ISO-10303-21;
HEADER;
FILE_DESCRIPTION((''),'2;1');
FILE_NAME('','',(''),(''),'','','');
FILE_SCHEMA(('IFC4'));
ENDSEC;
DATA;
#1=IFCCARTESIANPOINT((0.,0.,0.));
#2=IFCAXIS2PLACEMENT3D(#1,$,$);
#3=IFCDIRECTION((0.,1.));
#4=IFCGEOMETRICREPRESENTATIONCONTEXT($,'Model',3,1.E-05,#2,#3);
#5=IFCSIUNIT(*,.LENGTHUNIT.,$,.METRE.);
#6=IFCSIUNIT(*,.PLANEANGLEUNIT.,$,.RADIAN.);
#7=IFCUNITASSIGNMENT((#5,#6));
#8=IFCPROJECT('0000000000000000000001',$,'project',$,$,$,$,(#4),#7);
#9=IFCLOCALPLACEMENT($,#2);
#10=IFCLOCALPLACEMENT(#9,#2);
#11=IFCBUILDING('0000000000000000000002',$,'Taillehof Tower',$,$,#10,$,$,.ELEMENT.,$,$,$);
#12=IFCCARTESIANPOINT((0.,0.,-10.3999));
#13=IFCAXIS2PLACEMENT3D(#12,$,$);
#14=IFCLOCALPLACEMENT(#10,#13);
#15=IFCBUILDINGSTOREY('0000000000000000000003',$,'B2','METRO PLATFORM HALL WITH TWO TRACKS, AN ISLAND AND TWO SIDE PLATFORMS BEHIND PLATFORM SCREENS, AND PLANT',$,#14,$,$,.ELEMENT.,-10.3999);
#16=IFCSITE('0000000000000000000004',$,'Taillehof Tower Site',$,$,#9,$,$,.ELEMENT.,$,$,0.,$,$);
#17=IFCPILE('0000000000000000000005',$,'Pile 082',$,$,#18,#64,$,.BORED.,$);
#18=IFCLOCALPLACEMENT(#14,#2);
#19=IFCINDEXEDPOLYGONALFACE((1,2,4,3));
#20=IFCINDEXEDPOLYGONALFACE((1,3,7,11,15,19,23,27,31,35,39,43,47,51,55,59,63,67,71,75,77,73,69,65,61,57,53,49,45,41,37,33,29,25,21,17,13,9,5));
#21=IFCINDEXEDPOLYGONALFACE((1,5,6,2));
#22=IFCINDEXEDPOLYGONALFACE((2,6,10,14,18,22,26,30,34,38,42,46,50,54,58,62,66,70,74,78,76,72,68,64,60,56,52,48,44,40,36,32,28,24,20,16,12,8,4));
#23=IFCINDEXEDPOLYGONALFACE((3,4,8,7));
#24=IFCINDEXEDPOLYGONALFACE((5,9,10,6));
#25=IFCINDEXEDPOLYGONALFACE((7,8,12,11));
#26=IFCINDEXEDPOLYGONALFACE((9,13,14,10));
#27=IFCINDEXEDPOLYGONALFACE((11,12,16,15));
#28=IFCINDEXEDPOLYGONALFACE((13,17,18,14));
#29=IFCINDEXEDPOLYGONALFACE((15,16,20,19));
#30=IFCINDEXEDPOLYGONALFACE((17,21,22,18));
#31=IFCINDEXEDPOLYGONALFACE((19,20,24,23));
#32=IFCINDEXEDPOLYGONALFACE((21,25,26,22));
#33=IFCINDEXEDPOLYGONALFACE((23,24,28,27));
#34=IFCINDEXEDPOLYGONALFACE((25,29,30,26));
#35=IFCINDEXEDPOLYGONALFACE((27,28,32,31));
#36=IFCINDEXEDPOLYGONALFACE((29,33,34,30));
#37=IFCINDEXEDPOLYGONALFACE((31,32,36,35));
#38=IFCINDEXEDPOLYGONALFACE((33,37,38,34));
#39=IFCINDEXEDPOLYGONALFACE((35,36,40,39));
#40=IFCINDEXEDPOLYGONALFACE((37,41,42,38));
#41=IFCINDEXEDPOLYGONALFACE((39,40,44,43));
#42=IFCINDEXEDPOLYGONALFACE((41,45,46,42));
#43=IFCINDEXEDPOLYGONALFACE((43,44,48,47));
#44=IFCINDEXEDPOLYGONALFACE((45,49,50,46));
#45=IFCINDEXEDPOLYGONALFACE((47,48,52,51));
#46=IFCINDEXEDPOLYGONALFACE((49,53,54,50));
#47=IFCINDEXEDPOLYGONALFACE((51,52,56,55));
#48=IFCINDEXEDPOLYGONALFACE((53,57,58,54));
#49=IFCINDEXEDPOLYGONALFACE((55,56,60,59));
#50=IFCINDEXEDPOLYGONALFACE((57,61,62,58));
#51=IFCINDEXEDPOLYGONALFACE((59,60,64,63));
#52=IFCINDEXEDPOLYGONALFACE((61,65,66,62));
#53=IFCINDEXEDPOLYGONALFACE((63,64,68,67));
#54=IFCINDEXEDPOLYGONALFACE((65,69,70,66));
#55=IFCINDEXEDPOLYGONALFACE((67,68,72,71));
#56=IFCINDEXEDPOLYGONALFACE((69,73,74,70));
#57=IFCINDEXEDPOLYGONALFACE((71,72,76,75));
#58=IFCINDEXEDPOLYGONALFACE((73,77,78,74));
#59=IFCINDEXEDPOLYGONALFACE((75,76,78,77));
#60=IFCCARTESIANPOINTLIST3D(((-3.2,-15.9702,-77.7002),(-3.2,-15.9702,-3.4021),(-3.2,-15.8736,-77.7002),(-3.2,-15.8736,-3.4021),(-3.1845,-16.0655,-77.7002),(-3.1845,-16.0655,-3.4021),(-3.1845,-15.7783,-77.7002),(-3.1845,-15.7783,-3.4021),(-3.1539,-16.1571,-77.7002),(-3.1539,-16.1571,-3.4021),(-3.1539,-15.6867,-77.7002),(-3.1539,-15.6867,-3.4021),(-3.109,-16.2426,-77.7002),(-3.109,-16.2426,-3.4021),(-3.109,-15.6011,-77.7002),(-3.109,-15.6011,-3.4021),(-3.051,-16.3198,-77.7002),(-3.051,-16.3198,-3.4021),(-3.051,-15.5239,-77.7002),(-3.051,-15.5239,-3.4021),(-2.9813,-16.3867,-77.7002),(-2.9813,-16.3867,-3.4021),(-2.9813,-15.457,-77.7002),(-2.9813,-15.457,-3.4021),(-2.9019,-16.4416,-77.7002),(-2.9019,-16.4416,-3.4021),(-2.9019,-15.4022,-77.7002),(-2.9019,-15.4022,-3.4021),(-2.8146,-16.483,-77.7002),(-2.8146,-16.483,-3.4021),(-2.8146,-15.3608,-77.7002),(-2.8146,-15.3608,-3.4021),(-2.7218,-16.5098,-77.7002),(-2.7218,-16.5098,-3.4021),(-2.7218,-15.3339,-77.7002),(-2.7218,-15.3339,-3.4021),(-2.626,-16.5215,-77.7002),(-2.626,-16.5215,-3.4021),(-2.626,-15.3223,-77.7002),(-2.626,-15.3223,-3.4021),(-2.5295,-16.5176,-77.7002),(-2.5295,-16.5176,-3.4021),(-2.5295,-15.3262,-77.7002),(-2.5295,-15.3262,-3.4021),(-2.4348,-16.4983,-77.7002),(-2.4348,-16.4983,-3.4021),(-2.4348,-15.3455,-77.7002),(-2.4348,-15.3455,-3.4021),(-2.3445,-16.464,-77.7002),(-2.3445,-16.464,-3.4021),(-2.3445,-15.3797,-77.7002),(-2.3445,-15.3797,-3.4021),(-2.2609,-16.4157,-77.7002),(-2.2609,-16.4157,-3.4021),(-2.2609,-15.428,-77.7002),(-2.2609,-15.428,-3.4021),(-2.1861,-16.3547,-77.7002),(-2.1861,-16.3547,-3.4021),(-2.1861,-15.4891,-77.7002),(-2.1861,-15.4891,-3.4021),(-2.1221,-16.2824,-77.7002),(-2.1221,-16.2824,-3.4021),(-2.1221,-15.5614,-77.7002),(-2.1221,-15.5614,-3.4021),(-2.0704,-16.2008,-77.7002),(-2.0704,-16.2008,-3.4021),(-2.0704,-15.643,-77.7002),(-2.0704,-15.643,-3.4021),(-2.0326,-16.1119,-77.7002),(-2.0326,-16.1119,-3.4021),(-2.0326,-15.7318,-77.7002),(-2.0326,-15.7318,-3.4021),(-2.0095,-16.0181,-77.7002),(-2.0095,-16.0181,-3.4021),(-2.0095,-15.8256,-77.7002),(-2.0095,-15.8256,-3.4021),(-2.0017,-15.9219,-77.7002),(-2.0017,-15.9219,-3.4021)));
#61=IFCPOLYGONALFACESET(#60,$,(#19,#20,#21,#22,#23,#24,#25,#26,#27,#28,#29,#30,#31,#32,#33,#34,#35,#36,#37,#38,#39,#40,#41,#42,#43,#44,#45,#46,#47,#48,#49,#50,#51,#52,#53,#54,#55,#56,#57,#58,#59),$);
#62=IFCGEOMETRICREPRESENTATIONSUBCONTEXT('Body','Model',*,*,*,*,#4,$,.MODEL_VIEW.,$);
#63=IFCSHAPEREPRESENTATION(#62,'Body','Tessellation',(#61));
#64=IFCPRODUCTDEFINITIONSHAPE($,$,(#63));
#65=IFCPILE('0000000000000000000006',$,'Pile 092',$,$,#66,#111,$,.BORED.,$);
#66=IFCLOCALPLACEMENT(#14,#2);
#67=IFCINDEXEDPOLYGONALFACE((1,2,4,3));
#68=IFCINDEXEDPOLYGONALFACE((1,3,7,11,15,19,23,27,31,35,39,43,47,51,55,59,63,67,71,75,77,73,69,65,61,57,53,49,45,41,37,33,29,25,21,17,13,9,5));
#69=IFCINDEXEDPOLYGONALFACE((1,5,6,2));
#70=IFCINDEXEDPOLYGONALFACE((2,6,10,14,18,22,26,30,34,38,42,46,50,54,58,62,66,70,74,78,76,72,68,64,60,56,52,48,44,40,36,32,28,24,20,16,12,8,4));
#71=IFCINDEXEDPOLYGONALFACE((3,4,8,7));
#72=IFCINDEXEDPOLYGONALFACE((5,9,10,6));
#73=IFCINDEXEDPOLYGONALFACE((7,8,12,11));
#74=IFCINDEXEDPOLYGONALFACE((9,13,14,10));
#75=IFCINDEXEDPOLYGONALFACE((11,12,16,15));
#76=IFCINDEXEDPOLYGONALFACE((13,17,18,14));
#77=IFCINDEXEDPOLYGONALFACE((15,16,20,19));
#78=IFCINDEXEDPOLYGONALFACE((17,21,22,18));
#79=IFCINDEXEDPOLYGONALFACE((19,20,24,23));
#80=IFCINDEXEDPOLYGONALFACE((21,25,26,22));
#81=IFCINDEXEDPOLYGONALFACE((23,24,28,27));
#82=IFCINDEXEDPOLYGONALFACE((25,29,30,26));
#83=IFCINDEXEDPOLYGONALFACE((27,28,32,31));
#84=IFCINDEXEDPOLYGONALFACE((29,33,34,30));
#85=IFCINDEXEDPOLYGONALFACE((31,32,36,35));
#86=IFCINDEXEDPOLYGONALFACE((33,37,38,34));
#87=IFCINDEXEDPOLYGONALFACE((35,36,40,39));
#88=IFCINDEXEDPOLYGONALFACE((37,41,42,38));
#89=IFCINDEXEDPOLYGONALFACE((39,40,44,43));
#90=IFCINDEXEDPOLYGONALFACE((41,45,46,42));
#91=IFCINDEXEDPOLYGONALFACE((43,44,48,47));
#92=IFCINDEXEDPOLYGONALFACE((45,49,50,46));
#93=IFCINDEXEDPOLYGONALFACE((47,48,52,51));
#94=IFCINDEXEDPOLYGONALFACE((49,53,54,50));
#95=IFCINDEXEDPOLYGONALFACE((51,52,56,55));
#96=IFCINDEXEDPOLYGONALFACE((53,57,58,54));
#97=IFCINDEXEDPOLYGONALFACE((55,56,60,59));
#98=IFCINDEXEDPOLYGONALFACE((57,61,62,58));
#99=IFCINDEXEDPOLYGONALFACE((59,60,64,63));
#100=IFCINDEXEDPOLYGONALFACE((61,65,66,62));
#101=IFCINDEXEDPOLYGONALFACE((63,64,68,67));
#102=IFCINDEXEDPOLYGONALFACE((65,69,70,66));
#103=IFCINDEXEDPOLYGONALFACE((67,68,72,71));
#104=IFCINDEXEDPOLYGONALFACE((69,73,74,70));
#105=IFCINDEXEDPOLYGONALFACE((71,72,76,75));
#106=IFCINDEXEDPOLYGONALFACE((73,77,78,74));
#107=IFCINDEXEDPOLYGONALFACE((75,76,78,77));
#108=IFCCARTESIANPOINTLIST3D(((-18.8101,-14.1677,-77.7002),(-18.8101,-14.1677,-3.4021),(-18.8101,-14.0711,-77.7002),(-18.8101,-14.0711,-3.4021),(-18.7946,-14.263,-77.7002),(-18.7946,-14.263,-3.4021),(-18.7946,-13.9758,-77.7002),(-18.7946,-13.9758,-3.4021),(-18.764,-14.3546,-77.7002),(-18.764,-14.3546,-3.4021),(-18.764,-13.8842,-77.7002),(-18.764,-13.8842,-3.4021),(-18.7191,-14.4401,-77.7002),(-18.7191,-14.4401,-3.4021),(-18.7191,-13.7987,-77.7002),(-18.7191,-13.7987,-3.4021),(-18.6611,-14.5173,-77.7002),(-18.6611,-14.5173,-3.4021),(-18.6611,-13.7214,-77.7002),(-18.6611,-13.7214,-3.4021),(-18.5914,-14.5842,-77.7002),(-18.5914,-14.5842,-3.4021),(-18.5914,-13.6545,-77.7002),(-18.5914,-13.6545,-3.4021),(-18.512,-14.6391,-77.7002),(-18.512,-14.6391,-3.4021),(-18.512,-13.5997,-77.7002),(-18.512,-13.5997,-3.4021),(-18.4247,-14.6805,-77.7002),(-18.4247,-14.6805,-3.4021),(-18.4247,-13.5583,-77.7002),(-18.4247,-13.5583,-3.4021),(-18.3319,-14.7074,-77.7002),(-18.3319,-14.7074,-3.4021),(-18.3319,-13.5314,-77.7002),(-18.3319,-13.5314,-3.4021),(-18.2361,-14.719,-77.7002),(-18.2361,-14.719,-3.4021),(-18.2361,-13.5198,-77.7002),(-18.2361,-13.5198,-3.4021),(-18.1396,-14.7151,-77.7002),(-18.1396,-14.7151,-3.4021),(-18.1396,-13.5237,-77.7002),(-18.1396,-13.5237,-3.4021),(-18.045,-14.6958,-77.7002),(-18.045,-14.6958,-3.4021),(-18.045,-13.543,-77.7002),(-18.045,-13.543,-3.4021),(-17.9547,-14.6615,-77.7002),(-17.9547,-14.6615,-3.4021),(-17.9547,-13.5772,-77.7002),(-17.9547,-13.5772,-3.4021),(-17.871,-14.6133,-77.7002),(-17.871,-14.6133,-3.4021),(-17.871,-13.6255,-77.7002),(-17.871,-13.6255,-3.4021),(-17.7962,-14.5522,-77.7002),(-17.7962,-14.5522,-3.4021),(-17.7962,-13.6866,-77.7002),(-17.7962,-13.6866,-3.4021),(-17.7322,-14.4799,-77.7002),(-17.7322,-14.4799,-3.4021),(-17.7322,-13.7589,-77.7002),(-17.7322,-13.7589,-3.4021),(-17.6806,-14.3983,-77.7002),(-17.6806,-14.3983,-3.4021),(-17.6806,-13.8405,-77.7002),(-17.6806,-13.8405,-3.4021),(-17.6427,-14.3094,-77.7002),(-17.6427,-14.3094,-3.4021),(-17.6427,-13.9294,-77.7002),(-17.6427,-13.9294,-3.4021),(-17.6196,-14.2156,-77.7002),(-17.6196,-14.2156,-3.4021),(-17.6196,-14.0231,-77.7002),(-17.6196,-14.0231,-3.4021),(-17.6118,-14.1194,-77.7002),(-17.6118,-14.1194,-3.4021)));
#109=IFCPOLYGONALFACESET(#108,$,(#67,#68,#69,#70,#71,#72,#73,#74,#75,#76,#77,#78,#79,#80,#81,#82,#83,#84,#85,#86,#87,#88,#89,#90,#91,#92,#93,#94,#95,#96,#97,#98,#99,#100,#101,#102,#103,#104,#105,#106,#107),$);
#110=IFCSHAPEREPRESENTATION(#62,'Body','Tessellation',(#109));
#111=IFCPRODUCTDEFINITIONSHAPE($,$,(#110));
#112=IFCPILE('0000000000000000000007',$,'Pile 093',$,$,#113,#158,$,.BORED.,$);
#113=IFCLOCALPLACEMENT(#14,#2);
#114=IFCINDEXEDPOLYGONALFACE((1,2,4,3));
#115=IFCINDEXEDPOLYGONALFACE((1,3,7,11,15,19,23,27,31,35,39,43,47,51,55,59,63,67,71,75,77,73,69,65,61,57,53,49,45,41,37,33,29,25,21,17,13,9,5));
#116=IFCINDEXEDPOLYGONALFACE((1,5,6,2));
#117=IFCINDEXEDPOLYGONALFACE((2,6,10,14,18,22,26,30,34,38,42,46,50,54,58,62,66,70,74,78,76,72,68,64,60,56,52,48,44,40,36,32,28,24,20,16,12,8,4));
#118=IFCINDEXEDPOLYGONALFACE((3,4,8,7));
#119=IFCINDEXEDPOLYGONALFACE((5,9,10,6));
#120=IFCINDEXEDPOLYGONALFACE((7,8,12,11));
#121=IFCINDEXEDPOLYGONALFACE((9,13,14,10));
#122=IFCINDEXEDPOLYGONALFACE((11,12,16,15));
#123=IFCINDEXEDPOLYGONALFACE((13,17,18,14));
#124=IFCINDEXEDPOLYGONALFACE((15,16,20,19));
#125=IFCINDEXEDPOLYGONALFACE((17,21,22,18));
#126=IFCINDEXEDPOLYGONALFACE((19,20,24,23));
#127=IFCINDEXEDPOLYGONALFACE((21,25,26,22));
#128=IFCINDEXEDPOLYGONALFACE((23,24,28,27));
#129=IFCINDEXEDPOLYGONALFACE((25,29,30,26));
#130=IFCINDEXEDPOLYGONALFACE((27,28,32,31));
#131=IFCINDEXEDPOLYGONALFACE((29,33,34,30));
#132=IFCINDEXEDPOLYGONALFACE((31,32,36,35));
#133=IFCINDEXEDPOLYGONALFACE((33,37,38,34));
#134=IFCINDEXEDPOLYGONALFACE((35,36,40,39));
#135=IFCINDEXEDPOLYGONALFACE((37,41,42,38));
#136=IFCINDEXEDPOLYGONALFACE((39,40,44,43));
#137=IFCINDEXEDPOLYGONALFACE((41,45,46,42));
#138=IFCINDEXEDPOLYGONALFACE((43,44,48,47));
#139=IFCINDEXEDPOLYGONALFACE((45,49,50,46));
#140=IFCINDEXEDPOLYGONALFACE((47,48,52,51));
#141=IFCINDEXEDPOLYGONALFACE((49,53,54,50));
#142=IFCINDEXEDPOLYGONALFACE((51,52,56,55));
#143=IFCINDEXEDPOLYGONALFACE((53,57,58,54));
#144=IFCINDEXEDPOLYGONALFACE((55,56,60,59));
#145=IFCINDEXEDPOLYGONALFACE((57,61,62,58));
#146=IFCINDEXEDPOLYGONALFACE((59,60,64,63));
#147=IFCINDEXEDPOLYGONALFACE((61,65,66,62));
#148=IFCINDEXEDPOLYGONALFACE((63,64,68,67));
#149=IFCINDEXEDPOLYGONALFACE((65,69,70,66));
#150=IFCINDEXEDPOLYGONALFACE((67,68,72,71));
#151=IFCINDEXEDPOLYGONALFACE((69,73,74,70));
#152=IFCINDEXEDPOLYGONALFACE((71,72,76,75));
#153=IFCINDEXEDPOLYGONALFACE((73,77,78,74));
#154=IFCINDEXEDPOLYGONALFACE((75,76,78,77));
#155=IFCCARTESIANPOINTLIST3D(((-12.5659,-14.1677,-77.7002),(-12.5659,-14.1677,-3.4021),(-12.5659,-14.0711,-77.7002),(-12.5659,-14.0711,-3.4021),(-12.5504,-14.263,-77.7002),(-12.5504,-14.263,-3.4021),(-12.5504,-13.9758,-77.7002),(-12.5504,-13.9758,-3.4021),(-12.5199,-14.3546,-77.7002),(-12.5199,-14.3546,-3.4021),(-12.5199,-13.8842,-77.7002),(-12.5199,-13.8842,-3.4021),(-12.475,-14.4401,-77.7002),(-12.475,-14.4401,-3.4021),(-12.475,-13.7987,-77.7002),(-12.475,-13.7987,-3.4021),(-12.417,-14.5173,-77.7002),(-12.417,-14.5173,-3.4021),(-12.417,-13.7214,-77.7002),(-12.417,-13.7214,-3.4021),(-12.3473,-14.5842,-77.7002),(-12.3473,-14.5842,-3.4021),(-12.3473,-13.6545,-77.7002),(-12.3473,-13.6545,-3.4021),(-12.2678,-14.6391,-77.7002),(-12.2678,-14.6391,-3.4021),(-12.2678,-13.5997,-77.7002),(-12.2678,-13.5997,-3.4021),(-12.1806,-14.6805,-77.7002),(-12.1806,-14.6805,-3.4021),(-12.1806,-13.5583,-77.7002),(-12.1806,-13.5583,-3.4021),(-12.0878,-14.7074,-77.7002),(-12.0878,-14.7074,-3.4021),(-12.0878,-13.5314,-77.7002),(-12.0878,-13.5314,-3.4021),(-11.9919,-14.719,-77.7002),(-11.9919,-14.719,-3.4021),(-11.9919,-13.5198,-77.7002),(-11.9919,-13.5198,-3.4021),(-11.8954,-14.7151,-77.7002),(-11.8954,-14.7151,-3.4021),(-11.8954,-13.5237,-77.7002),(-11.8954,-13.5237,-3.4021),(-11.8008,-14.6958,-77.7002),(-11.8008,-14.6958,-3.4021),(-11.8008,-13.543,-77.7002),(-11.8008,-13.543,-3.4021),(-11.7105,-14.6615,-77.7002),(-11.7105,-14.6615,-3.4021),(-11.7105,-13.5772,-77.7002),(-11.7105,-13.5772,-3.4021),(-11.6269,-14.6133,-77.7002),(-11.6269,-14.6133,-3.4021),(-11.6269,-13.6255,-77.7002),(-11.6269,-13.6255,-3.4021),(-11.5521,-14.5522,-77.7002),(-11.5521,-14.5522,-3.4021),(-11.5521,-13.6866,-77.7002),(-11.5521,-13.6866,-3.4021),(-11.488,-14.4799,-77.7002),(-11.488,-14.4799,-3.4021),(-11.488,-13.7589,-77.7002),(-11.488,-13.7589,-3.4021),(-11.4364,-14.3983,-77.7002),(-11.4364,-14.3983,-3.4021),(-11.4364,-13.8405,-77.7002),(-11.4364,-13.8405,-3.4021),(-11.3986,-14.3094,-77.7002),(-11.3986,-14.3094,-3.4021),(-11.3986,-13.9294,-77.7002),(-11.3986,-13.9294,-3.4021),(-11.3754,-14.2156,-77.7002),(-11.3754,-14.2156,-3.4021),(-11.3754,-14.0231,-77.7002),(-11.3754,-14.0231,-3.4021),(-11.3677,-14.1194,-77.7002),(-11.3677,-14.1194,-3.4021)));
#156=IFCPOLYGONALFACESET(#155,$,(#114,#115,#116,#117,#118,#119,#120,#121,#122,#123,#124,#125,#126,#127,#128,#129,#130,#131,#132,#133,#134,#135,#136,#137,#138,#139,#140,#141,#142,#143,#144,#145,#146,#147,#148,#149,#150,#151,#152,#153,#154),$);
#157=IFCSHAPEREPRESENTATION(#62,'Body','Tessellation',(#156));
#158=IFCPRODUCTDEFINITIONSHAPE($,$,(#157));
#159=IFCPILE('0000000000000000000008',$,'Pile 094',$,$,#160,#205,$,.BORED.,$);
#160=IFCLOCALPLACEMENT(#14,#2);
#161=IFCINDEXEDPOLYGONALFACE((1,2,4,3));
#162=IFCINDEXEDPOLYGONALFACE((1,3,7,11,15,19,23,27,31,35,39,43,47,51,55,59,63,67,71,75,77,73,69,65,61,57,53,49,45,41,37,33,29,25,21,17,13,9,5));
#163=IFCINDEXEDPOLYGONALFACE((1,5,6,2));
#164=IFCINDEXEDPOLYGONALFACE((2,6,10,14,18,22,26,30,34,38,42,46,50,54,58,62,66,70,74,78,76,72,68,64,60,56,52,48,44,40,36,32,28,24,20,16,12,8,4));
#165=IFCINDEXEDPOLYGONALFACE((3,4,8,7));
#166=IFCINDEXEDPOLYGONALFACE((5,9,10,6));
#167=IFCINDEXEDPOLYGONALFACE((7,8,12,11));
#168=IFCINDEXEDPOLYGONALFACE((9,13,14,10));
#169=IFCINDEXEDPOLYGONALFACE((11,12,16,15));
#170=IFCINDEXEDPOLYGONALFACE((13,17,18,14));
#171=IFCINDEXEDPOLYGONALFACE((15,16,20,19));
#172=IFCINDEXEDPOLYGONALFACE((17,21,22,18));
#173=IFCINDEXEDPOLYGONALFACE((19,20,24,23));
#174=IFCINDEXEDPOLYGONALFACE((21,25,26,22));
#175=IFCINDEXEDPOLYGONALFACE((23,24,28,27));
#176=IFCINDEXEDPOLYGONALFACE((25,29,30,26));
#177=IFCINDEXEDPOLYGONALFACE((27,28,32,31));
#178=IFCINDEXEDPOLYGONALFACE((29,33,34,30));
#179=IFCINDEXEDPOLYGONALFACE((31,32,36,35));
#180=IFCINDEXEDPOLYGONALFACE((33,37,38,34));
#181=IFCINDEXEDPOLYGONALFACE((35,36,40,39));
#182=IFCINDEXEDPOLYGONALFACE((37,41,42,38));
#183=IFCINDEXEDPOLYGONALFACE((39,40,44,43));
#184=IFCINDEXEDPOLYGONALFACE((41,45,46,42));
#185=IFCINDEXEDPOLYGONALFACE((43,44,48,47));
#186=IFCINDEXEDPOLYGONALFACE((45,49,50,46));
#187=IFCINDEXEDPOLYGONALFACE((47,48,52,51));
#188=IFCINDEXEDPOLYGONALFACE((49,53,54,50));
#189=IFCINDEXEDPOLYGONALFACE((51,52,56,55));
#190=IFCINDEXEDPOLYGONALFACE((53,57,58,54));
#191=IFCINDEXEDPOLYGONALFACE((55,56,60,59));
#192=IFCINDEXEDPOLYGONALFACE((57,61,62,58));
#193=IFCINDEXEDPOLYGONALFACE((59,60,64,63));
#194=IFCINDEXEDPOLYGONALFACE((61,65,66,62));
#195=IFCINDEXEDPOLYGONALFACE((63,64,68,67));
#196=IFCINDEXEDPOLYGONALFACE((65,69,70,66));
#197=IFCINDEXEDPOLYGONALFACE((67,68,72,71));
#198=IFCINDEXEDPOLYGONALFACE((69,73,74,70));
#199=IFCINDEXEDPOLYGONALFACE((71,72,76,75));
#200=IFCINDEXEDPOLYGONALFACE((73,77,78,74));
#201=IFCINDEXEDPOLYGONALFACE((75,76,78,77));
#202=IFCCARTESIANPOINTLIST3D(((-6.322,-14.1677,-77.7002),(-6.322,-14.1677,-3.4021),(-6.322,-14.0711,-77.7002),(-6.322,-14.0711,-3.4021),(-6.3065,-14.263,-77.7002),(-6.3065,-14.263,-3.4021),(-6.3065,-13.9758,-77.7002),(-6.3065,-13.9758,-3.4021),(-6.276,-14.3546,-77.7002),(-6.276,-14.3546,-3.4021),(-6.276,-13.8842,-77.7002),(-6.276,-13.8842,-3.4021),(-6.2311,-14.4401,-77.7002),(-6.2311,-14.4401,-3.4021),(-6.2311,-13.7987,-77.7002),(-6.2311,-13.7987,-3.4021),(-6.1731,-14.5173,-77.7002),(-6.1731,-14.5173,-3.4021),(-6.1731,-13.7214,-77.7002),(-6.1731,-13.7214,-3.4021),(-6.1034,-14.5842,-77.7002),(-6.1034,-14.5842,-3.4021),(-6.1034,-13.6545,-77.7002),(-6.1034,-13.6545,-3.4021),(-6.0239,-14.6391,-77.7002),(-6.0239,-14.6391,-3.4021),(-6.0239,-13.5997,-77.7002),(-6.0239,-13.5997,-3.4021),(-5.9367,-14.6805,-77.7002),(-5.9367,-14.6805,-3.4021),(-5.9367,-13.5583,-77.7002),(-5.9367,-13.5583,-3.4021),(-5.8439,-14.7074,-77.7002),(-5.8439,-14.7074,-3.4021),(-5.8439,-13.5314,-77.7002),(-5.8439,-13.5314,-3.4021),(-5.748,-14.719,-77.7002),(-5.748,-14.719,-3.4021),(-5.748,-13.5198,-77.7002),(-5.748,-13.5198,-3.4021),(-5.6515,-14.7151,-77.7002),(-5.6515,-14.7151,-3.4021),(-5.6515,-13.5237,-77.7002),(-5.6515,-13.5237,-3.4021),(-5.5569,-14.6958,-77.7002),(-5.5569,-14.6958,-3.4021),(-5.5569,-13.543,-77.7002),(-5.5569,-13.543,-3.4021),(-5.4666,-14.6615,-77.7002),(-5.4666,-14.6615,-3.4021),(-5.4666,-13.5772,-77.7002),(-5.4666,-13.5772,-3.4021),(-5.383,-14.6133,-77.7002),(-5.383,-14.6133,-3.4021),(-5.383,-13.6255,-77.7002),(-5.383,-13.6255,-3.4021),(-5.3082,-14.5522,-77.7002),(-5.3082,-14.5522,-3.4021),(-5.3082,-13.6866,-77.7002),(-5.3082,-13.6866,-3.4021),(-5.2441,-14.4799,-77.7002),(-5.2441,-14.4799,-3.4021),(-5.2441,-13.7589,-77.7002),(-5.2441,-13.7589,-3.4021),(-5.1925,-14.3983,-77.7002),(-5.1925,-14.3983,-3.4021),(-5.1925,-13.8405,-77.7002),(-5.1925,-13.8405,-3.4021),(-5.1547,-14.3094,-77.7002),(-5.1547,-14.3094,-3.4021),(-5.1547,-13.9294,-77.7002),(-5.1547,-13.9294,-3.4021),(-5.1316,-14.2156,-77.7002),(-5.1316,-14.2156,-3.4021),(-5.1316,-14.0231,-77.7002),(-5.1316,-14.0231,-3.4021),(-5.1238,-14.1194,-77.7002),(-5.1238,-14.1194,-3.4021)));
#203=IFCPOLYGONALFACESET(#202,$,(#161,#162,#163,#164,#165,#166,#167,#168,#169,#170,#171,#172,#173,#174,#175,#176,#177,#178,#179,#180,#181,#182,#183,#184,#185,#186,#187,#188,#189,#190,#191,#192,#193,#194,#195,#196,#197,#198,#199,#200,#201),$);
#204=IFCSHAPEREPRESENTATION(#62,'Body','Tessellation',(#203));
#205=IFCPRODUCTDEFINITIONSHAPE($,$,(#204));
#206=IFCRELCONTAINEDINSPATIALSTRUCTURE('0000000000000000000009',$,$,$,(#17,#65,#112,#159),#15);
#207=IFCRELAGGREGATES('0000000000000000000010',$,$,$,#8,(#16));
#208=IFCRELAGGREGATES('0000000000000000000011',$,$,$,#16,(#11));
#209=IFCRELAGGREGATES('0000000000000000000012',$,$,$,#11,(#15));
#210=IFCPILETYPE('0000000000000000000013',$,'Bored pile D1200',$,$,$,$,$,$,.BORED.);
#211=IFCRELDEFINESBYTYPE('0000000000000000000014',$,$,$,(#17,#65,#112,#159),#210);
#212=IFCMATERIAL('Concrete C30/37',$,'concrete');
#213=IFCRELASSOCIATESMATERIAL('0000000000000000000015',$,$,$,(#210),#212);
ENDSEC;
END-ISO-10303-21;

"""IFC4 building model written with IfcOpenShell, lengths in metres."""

from ifc_helpers import new_model, si_unit, direction, frame, origin, origin_2d, place, context, subcontext, project, spatial, circle, extrude, material, material_profile, profile_set, type_object, element, save


model = new_model("IFC4")

# Units and contexts
model_context = context("Model", 3, precision=1e-05, world=origin(), true_north=direction((0.0, 1.0)))
body_context = subcontext(model_context, "Body", "Model", "MODEL_VIEW")
ifc_project = project(units=[si_unit("LENGTHUNIT", "METRE"), si_unit("PLANEANGLEUNIT", "RADIAN")], contexts=[model_context])

# Site, building, storey
site_placement = place(None, origin())
site = spatial("IfcSite", under=ifc_project, at=site_placement, Name="Taillehof Tower Site", CompositionType="ELEMENT", RefElevation=0.0)
building_placement = place(site_placement, origin())
building = spatial("IfcBuilding", under=site, at=building_placement, Name="Taillehof Tower", CompositionType="ELEMENT")
storey_placement = place(building_placement, frame((0.0, 0.0, -10.3999)))
storey = spatial("IfcBuildingStorey", under=building, at=storey_placement, Name="B2", Description="METRO PLATFORM HALL WITH TWO TRACKS, AN ISLAND AND TWO SIDE PLATFORMS BEHIND PLATFORM SCREENS, AND PLANT", CompositionType="ELEMENT", Elevation=-10.3999)

# Piles
ifc_material_1 = material(Name="Concrete C30/37", Category="concrete")
ifc_material_profile_1 = material_profile(ifc_material_1, circle(Radius=0.6001, at=origin_2d()), Name="BP D1200")
ifc_profile_set_1 = profile_set([ifc_material_profile_1], Name="Concrete C30/37")
pile_type = type_object("IfcPileType", Name="Bored pile D1200", PredefinedType="BORED", material=ifc_profile_set_1)
for number, where, z_axis, x_axis, name in (
    (1, (-2.6018, -15.9219, -3.4021), (0.0, 0.0, -1.0), (1.0, 0.0, 0.0), "Pile 082"),
    (2, (-18.2119, -14.1194, -3.4021), (0.0, 0.0, -1.0), (1.0, 0.0, 0.0), "Pile 092"),
    (3, (-11.9678, -14.1194, -3.4021), (0.0, 0.0, -1.0), (1.0, 0.0, 0.0), "Pile 093"),
    (4, (-5.7239, -14.1194, -3.4021), (0.0, 0.0, -1.0), (1.0, 0.0, 0.0), "Pile 094"),
):
    element("IfcPile", number, at=place(storey_placement, frame(where, z_axis=z_axis, x_axis=x_axis)), inside=storey, type_object=pile_type, Name=name, PredefinedType="BORED", context=body_context, shape_type="SweptSolid", body=[
        extrude(circle(Radius=0.6001, at=origin_2d()), origin(), (0.0, 0.0, 1.0), 74.2981),
    ])

save(model, "model.ifc")
